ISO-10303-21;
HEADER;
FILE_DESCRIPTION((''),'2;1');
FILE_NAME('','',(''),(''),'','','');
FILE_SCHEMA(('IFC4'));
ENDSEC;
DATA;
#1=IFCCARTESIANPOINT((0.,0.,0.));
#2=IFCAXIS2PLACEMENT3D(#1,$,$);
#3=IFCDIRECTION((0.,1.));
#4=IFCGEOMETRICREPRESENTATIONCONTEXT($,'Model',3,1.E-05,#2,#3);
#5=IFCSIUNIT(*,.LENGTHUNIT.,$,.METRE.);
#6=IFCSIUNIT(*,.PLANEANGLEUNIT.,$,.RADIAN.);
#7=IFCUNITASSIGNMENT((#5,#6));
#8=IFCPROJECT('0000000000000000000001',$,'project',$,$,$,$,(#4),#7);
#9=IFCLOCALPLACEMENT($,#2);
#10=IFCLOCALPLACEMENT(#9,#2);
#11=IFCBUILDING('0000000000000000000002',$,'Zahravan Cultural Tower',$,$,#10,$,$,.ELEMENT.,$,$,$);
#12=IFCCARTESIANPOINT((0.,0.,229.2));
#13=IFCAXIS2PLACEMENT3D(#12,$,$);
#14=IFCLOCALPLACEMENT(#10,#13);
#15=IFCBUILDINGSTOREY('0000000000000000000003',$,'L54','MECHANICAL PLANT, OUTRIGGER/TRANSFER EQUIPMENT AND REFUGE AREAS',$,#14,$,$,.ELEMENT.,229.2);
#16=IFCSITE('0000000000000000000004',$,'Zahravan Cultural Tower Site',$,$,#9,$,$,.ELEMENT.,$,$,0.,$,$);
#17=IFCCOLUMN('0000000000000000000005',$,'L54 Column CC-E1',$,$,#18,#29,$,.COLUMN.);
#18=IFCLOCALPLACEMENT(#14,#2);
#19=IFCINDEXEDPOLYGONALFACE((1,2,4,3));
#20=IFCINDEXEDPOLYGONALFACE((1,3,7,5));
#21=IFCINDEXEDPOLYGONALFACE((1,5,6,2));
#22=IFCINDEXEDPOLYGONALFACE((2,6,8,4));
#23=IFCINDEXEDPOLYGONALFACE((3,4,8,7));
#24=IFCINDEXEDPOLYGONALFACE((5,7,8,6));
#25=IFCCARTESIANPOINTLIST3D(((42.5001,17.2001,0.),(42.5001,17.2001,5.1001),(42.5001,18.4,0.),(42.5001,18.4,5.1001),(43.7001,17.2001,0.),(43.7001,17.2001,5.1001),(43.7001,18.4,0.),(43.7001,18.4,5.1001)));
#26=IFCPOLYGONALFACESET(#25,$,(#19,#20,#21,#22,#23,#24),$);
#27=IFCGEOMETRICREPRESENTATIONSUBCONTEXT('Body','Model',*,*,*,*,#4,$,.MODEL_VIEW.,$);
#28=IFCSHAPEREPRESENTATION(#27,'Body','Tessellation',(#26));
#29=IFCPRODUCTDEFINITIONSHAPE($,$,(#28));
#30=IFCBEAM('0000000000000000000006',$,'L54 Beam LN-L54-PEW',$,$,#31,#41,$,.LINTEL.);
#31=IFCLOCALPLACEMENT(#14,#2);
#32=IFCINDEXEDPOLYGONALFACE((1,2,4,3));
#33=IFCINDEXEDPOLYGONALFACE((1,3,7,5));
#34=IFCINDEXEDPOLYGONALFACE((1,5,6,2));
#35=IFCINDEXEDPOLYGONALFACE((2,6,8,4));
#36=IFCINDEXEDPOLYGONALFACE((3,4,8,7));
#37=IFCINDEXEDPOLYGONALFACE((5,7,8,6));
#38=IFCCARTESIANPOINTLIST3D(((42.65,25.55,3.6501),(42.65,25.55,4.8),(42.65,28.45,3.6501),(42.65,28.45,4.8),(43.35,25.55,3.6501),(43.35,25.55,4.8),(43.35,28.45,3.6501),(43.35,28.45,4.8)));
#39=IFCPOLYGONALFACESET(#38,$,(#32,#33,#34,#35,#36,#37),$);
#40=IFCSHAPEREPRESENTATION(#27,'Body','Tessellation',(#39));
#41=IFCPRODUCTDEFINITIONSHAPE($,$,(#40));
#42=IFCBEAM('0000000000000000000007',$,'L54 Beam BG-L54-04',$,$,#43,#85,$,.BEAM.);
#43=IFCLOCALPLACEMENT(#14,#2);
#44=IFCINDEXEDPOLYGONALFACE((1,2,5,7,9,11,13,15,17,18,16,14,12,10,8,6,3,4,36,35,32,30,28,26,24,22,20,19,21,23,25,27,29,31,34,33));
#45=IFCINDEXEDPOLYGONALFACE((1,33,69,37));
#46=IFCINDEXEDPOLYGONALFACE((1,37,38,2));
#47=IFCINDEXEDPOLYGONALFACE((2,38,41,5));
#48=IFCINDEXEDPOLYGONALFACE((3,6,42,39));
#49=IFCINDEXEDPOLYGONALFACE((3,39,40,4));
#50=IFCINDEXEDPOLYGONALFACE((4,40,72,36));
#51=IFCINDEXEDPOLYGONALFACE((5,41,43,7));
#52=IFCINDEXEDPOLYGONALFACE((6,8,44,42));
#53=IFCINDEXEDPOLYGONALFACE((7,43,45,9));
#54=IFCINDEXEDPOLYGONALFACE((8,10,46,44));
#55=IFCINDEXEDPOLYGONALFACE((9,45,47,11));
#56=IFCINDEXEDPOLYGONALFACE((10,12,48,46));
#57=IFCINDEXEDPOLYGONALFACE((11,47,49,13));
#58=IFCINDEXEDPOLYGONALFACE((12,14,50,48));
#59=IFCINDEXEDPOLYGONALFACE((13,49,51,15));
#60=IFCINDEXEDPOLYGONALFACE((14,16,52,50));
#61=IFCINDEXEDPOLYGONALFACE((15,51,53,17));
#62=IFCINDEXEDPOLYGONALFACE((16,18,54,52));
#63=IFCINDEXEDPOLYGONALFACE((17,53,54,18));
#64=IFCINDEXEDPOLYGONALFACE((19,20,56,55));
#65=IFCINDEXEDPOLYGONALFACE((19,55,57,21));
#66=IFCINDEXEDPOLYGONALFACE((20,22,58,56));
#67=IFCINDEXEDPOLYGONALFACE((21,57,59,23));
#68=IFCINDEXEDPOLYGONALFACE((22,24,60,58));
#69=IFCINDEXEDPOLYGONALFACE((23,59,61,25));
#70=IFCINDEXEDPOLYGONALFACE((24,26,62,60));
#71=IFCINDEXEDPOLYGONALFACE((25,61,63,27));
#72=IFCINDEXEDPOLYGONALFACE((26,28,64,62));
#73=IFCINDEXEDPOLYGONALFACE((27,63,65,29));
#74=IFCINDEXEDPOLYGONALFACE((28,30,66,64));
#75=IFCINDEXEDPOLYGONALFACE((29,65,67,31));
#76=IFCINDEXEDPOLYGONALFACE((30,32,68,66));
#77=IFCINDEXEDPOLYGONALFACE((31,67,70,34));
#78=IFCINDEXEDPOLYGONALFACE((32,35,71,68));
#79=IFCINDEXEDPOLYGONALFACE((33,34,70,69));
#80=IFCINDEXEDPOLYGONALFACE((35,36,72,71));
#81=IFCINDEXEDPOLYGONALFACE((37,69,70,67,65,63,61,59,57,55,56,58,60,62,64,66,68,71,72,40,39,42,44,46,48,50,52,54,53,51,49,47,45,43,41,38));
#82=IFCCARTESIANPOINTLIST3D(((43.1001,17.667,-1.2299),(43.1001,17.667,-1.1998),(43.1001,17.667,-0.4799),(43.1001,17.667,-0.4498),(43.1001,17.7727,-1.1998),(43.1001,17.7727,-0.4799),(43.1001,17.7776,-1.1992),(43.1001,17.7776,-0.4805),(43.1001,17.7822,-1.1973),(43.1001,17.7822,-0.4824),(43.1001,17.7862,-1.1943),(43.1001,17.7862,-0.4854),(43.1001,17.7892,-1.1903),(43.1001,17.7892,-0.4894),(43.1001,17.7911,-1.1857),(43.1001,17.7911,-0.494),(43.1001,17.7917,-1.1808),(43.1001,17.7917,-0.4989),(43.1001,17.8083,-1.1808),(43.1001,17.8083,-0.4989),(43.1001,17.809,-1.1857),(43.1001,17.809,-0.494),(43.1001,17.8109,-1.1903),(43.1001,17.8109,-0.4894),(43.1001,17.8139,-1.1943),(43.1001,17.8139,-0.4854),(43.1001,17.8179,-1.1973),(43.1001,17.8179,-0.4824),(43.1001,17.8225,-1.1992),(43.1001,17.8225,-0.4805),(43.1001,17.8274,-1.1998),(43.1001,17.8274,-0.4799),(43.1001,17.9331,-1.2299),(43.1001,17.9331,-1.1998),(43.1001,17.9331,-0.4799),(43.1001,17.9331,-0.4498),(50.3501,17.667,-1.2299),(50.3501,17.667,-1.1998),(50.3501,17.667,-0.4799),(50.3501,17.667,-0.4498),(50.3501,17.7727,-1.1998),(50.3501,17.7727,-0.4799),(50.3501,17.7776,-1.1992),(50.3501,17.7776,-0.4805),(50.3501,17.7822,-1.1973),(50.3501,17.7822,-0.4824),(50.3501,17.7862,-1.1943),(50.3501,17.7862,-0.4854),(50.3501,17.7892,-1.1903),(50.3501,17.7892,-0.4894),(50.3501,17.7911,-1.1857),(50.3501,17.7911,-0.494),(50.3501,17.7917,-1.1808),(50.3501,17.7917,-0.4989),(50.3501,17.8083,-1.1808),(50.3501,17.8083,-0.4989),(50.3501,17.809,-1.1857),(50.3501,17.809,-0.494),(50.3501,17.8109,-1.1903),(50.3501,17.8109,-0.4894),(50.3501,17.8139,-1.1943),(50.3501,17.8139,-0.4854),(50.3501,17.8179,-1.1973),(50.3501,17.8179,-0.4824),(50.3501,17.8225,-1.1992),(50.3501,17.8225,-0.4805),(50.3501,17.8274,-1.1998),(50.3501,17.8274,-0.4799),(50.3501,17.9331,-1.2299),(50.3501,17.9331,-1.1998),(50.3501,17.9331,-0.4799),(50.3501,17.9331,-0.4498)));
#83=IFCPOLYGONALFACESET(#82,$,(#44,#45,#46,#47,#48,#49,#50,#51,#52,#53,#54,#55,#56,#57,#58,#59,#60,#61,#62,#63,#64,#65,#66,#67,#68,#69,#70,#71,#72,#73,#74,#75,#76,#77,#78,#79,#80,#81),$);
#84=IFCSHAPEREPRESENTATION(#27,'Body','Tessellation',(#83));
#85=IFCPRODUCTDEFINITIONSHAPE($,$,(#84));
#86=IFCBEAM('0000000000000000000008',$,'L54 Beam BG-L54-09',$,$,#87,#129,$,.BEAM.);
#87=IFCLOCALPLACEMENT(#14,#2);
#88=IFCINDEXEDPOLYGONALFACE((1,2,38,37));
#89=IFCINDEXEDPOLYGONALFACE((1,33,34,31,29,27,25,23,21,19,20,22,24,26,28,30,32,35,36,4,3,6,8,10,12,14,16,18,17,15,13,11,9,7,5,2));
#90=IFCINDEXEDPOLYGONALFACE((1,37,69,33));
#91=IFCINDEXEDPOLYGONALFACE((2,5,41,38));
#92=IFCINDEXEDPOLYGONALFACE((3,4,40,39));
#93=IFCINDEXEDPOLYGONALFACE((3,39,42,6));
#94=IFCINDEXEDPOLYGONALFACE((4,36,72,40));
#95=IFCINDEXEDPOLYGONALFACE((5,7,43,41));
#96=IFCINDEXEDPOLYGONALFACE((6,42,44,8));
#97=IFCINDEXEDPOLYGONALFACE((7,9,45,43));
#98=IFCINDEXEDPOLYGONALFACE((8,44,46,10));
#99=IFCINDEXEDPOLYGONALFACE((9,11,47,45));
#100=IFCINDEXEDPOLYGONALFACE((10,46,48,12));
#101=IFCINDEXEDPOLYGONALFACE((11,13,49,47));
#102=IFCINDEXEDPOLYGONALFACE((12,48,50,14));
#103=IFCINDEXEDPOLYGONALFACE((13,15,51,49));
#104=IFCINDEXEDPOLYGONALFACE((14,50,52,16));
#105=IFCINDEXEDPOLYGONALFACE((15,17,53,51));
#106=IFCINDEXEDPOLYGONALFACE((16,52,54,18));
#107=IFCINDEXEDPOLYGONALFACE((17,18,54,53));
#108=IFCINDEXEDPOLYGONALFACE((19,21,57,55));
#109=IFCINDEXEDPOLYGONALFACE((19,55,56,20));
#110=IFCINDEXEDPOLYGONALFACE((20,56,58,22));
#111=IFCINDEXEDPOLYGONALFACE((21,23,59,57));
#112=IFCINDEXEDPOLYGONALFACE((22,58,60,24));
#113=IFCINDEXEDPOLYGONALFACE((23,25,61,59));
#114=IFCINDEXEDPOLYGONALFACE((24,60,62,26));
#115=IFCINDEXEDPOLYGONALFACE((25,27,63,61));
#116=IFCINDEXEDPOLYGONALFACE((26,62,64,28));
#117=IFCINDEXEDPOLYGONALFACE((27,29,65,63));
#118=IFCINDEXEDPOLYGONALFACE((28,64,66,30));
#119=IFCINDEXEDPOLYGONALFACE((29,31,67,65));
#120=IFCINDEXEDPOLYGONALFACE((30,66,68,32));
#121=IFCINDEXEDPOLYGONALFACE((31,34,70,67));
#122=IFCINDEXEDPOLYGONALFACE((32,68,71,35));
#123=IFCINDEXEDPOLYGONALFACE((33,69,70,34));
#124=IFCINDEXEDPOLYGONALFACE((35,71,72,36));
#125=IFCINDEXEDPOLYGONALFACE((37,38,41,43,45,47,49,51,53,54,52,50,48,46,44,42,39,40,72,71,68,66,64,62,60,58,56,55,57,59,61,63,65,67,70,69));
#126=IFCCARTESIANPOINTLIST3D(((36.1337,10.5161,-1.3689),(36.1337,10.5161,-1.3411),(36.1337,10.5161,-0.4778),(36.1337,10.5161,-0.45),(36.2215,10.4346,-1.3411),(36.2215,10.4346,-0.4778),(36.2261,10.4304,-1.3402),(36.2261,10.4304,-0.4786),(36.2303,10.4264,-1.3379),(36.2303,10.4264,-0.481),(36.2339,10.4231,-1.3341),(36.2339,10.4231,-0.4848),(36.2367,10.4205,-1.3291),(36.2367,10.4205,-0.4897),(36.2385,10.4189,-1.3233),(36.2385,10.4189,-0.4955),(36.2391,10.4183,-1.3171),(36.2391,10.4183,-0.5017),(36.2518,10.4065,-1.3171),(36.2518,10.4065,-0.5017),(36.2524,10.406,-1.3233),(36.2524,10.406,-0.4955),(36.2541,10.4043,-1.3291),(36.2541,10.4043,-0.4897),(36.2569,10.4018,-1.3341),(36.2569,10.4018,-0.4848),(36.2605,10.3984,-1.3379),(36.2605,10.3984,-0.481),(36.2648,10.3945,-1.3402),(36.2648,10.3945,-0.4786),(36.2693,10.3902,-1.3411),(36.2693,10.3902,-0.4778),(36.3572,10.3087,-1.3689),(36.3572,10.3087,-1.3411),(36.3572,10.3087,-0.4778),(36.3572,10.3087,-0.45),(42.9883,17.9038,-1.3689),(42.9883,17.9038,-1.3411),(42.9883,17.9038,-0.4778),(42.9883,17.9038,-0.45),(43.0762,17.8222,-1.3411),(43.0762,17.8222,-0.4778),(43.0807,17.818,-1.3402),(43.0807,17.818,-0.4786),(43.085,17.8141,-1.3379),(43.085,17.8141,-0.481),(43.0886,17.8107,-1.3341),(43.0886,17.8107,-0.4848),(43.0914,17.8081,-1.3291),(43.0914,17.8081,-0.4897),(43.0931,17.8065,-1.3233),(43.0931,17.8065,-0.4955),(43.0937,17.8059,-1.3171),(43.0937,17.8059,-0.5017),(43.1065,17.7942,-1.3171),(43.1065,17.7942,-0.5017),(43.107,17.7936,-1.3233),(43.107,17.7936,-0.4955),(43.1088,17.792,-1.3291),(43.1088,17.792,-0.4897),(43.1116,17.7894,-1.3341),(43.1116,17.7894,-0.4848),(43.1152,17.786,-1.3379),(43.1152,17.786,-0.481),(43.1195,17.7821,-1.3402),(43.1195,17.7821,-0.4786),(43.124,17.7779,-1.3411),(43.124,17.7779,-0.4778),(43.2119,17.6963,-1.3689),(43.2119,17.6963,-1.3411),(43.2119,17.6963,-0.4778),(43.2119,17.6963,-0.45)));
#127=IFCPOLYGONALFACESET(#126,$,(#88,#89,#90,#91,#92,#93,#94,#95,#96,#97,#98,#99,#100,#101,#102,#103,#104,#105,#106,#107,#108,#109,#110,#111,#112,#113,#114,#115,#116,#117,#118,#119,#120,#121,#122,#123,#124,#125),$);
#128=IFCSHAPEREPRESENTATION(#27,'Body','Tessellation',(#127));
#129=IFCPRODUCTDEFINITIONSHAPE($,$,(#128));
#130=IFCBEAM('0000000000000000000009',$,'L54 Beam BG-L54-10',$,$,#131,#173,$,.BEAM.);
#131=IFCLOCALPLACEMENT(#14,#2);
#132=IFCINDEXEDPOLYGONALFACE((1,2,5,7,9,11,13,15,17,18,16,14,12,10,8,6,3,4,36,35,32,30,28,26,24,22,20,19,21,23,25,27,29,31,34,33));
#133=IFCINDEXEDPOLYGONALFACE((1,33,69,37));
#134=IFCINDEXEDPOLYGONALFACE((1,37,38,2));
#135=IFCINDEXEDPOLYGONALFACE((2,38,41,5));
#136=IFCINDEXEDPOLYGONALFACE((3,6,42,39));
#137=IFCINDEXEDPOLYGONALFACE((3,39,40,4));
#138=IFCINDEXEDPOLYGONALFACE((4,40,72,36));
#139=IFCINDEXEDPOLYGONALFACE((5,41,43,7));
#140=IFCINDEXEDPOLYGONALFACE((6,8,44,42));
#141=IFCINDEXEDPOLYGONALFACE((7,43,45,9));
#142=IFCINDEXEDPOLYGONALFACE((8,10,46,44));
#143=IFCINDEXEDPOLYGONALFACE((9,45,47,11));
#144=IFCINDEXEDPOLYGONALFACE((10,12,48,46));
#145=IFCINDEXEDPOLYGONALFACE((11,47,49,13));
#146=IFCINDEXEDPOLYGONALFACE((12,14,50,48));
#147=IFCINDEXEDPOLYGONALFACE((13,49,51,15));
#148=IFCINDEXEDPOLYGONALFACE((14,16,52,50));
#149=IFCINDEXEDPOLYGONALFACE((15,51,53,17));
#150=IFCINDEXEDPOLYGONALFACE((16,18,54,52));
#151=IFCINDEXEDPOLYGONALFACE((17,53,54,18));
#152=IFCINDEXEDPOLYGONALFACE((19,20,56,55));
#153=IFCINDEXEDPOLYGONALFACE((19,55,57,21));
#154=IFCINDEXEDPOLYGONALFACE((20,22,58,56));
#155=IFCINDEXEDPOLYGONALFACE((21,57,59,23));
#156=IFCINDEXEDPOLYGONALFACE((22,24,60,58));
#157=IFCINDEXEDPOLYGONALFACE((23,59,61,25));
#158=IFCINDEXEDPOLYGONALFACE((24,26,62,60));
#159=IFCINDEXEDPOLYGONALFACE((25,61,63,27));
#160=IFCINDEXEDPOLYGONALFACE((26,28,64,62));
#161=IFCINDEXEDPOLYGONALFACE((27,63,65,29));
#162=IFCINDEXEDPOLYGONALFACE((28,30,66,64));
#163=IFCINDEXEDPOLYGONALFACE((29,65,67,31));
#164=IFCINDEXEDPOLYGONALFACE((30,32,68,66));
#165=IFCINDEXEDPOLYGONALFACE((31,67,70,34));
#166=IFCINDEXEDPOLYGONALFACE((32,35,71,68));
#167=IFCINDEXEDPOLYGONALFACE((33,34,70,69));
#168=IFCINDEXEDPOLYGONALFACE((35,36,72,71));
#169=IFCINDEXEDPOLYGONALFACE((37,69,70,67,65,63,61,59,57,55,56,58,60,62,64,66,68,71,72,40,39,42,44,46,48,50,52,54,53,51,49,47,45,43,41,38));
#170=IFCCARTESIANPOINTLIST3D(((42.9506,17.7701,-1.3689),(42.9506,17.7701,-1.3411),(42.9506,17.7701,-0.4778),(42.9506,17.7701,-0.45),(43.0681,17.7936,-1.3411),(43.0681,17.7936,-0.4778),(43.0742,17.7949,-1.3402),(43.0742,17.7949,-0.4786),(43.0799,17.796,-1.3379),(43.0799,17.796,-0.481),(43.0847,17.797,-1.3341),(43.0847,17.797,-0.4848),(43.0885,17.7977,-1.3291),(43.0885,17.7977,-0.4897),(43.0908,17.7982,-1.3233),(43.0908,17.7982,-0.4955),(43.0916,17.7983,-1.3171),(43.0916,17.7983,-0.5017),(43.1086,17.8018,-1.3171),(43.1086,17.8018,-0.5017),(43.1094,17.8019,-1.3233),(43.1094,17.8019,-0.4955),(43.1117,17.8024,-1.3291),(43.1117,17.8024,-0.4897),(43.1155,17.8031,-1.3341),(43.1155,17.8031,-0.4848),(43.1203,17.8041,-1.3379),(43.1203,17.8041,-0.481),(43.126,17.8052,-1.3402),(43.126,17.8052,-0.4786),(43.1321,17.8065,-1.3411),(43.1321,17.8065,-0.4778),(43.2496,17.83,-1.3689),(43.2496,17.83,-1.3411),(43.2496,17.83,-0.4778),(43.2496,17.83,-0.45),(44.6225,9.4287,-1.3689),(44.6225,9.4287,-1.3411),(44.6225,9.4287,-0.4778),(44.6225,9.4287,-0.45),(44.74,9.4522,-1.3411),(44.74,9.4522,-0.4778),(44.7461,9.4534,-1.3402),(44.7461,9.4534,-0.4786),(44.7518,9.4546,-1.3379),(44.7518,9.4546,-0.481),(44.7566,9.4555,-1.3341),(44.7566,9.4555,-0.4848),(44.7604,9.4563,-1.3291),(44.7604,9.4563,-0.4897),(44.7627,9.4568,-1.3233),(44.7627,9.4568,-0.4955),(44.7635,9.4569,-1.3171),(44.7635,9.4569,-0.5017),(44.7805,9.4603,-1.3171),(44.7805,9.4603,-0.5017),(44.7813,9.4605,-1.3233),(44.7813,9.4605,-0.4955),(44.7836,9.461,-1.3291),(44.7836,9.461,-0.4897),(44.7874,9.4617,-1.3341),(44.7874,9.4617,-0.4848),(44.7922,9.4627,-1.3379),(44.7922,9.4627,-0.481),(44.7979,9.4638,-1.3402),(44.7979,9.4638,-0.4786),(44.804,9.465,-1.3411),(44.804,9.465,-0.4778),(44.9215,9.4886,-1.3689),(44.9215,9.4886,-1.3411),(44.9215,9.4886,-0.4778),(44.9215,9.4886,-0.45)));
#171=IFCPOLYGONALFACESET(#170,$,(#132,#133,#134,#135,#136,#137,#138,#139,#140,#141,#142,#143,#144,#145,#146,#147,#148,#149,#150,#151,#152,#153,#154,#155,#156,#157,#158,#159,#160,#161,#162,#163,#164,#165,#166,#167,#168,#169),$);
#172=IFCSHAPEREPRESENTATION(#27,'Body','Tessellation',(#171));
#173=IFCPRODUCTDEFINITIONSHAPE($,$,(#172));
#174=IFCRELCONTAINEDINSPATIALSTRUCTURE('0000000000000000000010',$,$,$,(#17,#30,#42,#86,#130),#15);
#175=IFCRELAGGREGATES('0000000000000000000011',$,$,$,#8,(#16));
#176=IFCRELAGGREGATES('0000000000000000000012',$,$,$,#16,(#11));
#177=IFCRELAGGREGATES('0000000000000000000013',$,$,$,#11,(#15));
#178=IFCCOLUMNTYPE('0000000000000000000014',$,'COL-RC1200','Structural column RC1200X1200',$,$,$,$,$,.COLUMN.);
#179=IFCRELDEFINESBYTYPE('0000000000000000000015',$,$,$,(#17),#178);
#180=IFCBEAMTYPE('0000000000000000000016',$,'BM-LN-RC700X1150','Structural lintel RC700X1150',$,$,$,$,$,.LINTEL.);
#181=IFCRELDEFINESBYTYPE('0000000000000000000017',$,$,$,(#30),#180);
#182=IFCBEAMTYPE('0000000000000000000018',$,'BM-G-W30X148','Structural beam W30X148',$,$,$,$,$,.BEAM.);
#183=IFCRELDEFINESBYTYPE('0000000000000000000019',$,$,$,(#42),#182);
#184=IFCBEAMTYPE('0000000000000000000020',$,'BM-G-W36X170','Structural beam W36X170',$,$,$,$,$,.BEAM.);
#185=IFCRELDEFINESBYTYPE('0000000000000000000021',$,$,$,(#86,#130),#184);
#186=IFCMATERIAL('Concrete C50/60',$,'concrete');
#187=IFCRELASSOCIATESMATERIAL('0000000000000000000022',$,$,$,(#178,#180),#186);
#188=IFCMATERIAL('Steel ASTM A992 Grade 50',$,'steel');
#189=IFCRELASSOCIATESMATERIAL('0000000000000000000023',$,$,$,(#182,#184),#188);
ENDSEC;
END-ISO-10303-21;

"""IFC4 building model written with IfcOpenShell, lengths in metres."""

from ifc_helpers import new_model, si_unit, direction, frame, origin, origin_2d, place, context, subcontext, project, spatial, rectangle, i_section, extrude, source, transform, mapped, material, material_profile, profile_set, type_object, element, save


model = new_model("IFC4")

# Units and contexts
model_context = context("Model", 3, precision=1e-05, world=origin(), true_north=direction((0.0, 1.0)))
body_context = subcontext(model_context, "Body", "Model", "MODEL_VIEW")
ifc_project = project(units=[si_unit("LENGTHUNIT", "METRE"), si_unit("PLANEANGLEUNIT", "RADIAN")], contexts=[model_context])

# Site, building, storey
site_placement = place(None, origin())
site = spatial("IfcSite", under=ifc_project, at=site_placement, Name="Zahravan Cultural Tower Site", CompositionType="ELEMENT", RefElevation=0.0)
building_placement = place(site_placement, origin())
building = spatial("IfcBuilding", under=site, at=building_placement, Name="Zahravan Cultural Tower", CompositionType="ELEMENT")
storey_placement = place(building_placement, frame((0.0, 0.0, 229.2)))
storey = spatial("IfcBuildingStorey", under=building, at=storey_placement, Name="L54", Description="MECHANICAL PLANT, OUTRIGGER/TRANSFER EQUIPMENT AND REFUGE AREAS", CompositionType="ELEMENT", Elevation=229.2)

# Column
ifc_material_1 = material(Name="Concrete C50/60", Category="concrete")
ifc_material_profile_1 = material_profile(ifc_material_1, rectangle(XDim=1.2, YDim=1.2, at=origin_2d()), Name="RC1200X1200")
ifc_profile_set_1 = profile_set([ifc_material_profile_1], Name="Concrete C50/60")
column_type = type_object("IfcColumnType", Name="COL-RC1200", Description="Structural column RC1200X1200", PredefinedType="COLUMN", material=ifc_profile_set_1)
shared_shape_1 = source(origin(), body_context, "Body", "SweptSolid", [
    extrude(rectangle(XDim=1.2, YDim=1.2, at=origin_2d()), origin(), (0.0, 0.0, 1.0), 5.1001),
])
column_placement = place(storey_placement, frame((43.1001, 17.8, 0.0), z_axis=(0.0, 0.0, 1.0), x_axis=(1.0, 0.0, 0.0)))
element("IfcColumn", 1, at=column_placement, inside=storey, type_object=column_type, Name="L54 Column CC-E1", PredefinedType="COLUMN", context=body_context, shape_type="MappedRepresentation", body=[
    mapped(shared_shape_1, transform((0.0, 0.0, 0.0), x_axis=(1.0, 0.0, 0.0), y_axis=(0.0, 1.0, 0.0), z_axis=(0.0, 0.0, 1.0), scale=1.0)),
])

# Beams
ifc_material_profile_2 = material_profile(ifc_material_1, rectangle(XDim=0.7, YDim=1.1499, at=origin_2d()), Name="RC700X1150")
ifc_profile_set_2 = profile_set([ifc_material_profile_2], Name="Concrete C50/60")
beam_type_1 = type_object("IfcBeamType", Name="BM-LN-RC700X1150", Description="Structural lintel RC700X1150", PredefinedType="LINTEL", material=ifc_profile_set_2)
shared_shape_2 = source(origin(), body_context, "Body", "SweptSolid", [
    extrude(rectangle(XDim=0.7, YDim=1.1499, at=origin_2d()), origin(), (0.0, 0.0, 1.0), 2.8999),
])
beam_1_placement = place(storey_placement, frame((43.0, 25.55, 4.2251), z_axis=(0.0, 1.0, 0.0), x_axis=(-1.0, 0.0, 0.0)))
element("IfcBeam", 2, at=beam_1_placement, inside=storey, type_object=beam_type_1, Name="L54 Beam LN-L54-PEW", PredefinedType="LINTEL", context=body_context, shape_type="MappedRepresentation", body=[
    mapped(shared_shape_2, transform((0.0, 0.0, 0.0), x_axis=(1.0, 0.0, 0.0), y_axis=(0.0, 1.0, 0.0), z_axis=(0.0, 0.0, 1.0), scale=1.0)),
])
ifc_material_2 = material(Name="Steel ASTM A992 Grade 50", Category="steel")
ifc_material_profile_3 = material_profile(ifc_material_2, i_section(OverallWidth=0.2661, OverallDepth=0.78, WebThickness=0.0166, FlangeThickness=0.03, FilletRadius=0.019, at=origin_2d()), Name="W30X148")
ifc_profile_set_3 = profile_set([ifc_material_profile_3], Name="Steel ASTM A992 Grade 50")
beam_type_2 = type_object("IfcBeamType", Name="BM-G-W30X148", Description="Structural beam W30X148", PredefinedType="BEAM", material=ifc_profile_set_3)
shared_shape_3 = source(origin(), body_context, "Body", "SweptSolid", [
    extrude(i_section(OverallWidth=0.2661, OverallDepth=0.78, WebThickness=0.0166, FlangeThickness=0.03, FilletRadius=0.019, at=origin_2d()), origin(), (0.0, 0.0, 1.0), 7.25),
])
beam_2_placement = place(storey_placement, frame((43.1001, 17.8, -0.8398), z_axis=(1.0, 0.0, 0.0), x_axis=(0.0, 1.0, 0.0)))
element("IfcBeam", 3, at=beam_2_placement, inside=storey, type_object=beam_type_2, Name="L54 Beam BG-L54-04", PredefinedType="BEAM", context=body_context, shape_type="MappedRepresentation", body=[
    mapped(shared_shape_3, transform((0.0, 0.0, 0.0), x_axis=(1.0, 0.0, 0.0), y_axis=(0.0, 1.0, 0.0), z_axis=(0.0, 0.0, 1.0), scale=1.0)),
])
ifc_material_profile_4 = material_profile(ifc_material_2, i_section(OverallWidth=0.3049, OverallDepth=0.9189, WebThickness=0.0173, FlangeThickness=0.0278, FilletRadius=0.0239, at=origin_2d()), Name="W36X170")
ifc_profile_set_4 = profile_set([ifc_material_profile_4], Name="Steel ASTM A992 Grade 50")
beam_type_3 = type_object("IfcBeamType", Name="BM-G-W36X170", Description="Structural beam W36X170", PredefinedType="BEAM", material=ifc_profile_set_4)
shared_shape_4 = source(origin(), body_context, "Body", "SweptSolid", [
    extrude(i_section(OverallWidth=0.3049, OverallDepth=0.9189, WebThickness=0.0173, FlangeThickness=0.0278, FilletRadius=0.0239, at=origin_2d()), origin(), (0.0, 0.0, 1.0), 10.0779),
])
beam_3_placement = place(storey_placement, frame((43.1001, 17.8, -0.9094), z_axis=(-0.68017, -0.733054, 0.0), x_axis=(0.733054, -0.68017, 0.0)))
element("IfcBeam", 4, at=beam_3_placement, inside=storey, type_object=beam_type_3, Name="L54 Beam BG-L54-09", PredefinedType="BEAM", context=body_context, shape_type="MappedRepresentation", body=[
    mapped(shared_shape_4, transform((0.0, 0.0, 0.0), x_axis=(1.0, 0.0, 0.0), y_axis=(0.0, 1.0, 0.0), z_axis=(0.0, 0.0, 1.0), scale=1.0)),
])
shared_shape_5 = source(origin(), body_context, "Body", "SweptSolid", [
    extrude(i_section(OverallWidth=0.3049, OverallDepth=0.9189, WebThickness=0.0173, FlangeThickness=0.0278, FilletRadius=0.0239, at=origin_2d()), origin(), (0.0, 0.0, 1.0), 8.5073),
])
beam_4_placement = place(storey_placement, frame((43.1001, 17.8, -0.9094), z_axis=(0.196525, -0.980499, 0.0), x_axis=(0.980499, 0.196525, 0.0)))
element("IfcBeam", 5, at=beam_4_placement, inside=storey, type_object=beam_type_3, Name="L54 Beam BG-L54-10", PredefinedType="BEAM", context=body_context, shape_type="MappedRepresentation", body=[
    mapped(shared_shape_5, transform((0.0, 0.0, 0.0), x_axis=(1.0, 0.0, 0.0), y_axis=(0.0, 1.0, 0.0), z_axis=(0.0, 0.0, 1.0), scale=1.0)),
])

save(model, "model.ifc")
